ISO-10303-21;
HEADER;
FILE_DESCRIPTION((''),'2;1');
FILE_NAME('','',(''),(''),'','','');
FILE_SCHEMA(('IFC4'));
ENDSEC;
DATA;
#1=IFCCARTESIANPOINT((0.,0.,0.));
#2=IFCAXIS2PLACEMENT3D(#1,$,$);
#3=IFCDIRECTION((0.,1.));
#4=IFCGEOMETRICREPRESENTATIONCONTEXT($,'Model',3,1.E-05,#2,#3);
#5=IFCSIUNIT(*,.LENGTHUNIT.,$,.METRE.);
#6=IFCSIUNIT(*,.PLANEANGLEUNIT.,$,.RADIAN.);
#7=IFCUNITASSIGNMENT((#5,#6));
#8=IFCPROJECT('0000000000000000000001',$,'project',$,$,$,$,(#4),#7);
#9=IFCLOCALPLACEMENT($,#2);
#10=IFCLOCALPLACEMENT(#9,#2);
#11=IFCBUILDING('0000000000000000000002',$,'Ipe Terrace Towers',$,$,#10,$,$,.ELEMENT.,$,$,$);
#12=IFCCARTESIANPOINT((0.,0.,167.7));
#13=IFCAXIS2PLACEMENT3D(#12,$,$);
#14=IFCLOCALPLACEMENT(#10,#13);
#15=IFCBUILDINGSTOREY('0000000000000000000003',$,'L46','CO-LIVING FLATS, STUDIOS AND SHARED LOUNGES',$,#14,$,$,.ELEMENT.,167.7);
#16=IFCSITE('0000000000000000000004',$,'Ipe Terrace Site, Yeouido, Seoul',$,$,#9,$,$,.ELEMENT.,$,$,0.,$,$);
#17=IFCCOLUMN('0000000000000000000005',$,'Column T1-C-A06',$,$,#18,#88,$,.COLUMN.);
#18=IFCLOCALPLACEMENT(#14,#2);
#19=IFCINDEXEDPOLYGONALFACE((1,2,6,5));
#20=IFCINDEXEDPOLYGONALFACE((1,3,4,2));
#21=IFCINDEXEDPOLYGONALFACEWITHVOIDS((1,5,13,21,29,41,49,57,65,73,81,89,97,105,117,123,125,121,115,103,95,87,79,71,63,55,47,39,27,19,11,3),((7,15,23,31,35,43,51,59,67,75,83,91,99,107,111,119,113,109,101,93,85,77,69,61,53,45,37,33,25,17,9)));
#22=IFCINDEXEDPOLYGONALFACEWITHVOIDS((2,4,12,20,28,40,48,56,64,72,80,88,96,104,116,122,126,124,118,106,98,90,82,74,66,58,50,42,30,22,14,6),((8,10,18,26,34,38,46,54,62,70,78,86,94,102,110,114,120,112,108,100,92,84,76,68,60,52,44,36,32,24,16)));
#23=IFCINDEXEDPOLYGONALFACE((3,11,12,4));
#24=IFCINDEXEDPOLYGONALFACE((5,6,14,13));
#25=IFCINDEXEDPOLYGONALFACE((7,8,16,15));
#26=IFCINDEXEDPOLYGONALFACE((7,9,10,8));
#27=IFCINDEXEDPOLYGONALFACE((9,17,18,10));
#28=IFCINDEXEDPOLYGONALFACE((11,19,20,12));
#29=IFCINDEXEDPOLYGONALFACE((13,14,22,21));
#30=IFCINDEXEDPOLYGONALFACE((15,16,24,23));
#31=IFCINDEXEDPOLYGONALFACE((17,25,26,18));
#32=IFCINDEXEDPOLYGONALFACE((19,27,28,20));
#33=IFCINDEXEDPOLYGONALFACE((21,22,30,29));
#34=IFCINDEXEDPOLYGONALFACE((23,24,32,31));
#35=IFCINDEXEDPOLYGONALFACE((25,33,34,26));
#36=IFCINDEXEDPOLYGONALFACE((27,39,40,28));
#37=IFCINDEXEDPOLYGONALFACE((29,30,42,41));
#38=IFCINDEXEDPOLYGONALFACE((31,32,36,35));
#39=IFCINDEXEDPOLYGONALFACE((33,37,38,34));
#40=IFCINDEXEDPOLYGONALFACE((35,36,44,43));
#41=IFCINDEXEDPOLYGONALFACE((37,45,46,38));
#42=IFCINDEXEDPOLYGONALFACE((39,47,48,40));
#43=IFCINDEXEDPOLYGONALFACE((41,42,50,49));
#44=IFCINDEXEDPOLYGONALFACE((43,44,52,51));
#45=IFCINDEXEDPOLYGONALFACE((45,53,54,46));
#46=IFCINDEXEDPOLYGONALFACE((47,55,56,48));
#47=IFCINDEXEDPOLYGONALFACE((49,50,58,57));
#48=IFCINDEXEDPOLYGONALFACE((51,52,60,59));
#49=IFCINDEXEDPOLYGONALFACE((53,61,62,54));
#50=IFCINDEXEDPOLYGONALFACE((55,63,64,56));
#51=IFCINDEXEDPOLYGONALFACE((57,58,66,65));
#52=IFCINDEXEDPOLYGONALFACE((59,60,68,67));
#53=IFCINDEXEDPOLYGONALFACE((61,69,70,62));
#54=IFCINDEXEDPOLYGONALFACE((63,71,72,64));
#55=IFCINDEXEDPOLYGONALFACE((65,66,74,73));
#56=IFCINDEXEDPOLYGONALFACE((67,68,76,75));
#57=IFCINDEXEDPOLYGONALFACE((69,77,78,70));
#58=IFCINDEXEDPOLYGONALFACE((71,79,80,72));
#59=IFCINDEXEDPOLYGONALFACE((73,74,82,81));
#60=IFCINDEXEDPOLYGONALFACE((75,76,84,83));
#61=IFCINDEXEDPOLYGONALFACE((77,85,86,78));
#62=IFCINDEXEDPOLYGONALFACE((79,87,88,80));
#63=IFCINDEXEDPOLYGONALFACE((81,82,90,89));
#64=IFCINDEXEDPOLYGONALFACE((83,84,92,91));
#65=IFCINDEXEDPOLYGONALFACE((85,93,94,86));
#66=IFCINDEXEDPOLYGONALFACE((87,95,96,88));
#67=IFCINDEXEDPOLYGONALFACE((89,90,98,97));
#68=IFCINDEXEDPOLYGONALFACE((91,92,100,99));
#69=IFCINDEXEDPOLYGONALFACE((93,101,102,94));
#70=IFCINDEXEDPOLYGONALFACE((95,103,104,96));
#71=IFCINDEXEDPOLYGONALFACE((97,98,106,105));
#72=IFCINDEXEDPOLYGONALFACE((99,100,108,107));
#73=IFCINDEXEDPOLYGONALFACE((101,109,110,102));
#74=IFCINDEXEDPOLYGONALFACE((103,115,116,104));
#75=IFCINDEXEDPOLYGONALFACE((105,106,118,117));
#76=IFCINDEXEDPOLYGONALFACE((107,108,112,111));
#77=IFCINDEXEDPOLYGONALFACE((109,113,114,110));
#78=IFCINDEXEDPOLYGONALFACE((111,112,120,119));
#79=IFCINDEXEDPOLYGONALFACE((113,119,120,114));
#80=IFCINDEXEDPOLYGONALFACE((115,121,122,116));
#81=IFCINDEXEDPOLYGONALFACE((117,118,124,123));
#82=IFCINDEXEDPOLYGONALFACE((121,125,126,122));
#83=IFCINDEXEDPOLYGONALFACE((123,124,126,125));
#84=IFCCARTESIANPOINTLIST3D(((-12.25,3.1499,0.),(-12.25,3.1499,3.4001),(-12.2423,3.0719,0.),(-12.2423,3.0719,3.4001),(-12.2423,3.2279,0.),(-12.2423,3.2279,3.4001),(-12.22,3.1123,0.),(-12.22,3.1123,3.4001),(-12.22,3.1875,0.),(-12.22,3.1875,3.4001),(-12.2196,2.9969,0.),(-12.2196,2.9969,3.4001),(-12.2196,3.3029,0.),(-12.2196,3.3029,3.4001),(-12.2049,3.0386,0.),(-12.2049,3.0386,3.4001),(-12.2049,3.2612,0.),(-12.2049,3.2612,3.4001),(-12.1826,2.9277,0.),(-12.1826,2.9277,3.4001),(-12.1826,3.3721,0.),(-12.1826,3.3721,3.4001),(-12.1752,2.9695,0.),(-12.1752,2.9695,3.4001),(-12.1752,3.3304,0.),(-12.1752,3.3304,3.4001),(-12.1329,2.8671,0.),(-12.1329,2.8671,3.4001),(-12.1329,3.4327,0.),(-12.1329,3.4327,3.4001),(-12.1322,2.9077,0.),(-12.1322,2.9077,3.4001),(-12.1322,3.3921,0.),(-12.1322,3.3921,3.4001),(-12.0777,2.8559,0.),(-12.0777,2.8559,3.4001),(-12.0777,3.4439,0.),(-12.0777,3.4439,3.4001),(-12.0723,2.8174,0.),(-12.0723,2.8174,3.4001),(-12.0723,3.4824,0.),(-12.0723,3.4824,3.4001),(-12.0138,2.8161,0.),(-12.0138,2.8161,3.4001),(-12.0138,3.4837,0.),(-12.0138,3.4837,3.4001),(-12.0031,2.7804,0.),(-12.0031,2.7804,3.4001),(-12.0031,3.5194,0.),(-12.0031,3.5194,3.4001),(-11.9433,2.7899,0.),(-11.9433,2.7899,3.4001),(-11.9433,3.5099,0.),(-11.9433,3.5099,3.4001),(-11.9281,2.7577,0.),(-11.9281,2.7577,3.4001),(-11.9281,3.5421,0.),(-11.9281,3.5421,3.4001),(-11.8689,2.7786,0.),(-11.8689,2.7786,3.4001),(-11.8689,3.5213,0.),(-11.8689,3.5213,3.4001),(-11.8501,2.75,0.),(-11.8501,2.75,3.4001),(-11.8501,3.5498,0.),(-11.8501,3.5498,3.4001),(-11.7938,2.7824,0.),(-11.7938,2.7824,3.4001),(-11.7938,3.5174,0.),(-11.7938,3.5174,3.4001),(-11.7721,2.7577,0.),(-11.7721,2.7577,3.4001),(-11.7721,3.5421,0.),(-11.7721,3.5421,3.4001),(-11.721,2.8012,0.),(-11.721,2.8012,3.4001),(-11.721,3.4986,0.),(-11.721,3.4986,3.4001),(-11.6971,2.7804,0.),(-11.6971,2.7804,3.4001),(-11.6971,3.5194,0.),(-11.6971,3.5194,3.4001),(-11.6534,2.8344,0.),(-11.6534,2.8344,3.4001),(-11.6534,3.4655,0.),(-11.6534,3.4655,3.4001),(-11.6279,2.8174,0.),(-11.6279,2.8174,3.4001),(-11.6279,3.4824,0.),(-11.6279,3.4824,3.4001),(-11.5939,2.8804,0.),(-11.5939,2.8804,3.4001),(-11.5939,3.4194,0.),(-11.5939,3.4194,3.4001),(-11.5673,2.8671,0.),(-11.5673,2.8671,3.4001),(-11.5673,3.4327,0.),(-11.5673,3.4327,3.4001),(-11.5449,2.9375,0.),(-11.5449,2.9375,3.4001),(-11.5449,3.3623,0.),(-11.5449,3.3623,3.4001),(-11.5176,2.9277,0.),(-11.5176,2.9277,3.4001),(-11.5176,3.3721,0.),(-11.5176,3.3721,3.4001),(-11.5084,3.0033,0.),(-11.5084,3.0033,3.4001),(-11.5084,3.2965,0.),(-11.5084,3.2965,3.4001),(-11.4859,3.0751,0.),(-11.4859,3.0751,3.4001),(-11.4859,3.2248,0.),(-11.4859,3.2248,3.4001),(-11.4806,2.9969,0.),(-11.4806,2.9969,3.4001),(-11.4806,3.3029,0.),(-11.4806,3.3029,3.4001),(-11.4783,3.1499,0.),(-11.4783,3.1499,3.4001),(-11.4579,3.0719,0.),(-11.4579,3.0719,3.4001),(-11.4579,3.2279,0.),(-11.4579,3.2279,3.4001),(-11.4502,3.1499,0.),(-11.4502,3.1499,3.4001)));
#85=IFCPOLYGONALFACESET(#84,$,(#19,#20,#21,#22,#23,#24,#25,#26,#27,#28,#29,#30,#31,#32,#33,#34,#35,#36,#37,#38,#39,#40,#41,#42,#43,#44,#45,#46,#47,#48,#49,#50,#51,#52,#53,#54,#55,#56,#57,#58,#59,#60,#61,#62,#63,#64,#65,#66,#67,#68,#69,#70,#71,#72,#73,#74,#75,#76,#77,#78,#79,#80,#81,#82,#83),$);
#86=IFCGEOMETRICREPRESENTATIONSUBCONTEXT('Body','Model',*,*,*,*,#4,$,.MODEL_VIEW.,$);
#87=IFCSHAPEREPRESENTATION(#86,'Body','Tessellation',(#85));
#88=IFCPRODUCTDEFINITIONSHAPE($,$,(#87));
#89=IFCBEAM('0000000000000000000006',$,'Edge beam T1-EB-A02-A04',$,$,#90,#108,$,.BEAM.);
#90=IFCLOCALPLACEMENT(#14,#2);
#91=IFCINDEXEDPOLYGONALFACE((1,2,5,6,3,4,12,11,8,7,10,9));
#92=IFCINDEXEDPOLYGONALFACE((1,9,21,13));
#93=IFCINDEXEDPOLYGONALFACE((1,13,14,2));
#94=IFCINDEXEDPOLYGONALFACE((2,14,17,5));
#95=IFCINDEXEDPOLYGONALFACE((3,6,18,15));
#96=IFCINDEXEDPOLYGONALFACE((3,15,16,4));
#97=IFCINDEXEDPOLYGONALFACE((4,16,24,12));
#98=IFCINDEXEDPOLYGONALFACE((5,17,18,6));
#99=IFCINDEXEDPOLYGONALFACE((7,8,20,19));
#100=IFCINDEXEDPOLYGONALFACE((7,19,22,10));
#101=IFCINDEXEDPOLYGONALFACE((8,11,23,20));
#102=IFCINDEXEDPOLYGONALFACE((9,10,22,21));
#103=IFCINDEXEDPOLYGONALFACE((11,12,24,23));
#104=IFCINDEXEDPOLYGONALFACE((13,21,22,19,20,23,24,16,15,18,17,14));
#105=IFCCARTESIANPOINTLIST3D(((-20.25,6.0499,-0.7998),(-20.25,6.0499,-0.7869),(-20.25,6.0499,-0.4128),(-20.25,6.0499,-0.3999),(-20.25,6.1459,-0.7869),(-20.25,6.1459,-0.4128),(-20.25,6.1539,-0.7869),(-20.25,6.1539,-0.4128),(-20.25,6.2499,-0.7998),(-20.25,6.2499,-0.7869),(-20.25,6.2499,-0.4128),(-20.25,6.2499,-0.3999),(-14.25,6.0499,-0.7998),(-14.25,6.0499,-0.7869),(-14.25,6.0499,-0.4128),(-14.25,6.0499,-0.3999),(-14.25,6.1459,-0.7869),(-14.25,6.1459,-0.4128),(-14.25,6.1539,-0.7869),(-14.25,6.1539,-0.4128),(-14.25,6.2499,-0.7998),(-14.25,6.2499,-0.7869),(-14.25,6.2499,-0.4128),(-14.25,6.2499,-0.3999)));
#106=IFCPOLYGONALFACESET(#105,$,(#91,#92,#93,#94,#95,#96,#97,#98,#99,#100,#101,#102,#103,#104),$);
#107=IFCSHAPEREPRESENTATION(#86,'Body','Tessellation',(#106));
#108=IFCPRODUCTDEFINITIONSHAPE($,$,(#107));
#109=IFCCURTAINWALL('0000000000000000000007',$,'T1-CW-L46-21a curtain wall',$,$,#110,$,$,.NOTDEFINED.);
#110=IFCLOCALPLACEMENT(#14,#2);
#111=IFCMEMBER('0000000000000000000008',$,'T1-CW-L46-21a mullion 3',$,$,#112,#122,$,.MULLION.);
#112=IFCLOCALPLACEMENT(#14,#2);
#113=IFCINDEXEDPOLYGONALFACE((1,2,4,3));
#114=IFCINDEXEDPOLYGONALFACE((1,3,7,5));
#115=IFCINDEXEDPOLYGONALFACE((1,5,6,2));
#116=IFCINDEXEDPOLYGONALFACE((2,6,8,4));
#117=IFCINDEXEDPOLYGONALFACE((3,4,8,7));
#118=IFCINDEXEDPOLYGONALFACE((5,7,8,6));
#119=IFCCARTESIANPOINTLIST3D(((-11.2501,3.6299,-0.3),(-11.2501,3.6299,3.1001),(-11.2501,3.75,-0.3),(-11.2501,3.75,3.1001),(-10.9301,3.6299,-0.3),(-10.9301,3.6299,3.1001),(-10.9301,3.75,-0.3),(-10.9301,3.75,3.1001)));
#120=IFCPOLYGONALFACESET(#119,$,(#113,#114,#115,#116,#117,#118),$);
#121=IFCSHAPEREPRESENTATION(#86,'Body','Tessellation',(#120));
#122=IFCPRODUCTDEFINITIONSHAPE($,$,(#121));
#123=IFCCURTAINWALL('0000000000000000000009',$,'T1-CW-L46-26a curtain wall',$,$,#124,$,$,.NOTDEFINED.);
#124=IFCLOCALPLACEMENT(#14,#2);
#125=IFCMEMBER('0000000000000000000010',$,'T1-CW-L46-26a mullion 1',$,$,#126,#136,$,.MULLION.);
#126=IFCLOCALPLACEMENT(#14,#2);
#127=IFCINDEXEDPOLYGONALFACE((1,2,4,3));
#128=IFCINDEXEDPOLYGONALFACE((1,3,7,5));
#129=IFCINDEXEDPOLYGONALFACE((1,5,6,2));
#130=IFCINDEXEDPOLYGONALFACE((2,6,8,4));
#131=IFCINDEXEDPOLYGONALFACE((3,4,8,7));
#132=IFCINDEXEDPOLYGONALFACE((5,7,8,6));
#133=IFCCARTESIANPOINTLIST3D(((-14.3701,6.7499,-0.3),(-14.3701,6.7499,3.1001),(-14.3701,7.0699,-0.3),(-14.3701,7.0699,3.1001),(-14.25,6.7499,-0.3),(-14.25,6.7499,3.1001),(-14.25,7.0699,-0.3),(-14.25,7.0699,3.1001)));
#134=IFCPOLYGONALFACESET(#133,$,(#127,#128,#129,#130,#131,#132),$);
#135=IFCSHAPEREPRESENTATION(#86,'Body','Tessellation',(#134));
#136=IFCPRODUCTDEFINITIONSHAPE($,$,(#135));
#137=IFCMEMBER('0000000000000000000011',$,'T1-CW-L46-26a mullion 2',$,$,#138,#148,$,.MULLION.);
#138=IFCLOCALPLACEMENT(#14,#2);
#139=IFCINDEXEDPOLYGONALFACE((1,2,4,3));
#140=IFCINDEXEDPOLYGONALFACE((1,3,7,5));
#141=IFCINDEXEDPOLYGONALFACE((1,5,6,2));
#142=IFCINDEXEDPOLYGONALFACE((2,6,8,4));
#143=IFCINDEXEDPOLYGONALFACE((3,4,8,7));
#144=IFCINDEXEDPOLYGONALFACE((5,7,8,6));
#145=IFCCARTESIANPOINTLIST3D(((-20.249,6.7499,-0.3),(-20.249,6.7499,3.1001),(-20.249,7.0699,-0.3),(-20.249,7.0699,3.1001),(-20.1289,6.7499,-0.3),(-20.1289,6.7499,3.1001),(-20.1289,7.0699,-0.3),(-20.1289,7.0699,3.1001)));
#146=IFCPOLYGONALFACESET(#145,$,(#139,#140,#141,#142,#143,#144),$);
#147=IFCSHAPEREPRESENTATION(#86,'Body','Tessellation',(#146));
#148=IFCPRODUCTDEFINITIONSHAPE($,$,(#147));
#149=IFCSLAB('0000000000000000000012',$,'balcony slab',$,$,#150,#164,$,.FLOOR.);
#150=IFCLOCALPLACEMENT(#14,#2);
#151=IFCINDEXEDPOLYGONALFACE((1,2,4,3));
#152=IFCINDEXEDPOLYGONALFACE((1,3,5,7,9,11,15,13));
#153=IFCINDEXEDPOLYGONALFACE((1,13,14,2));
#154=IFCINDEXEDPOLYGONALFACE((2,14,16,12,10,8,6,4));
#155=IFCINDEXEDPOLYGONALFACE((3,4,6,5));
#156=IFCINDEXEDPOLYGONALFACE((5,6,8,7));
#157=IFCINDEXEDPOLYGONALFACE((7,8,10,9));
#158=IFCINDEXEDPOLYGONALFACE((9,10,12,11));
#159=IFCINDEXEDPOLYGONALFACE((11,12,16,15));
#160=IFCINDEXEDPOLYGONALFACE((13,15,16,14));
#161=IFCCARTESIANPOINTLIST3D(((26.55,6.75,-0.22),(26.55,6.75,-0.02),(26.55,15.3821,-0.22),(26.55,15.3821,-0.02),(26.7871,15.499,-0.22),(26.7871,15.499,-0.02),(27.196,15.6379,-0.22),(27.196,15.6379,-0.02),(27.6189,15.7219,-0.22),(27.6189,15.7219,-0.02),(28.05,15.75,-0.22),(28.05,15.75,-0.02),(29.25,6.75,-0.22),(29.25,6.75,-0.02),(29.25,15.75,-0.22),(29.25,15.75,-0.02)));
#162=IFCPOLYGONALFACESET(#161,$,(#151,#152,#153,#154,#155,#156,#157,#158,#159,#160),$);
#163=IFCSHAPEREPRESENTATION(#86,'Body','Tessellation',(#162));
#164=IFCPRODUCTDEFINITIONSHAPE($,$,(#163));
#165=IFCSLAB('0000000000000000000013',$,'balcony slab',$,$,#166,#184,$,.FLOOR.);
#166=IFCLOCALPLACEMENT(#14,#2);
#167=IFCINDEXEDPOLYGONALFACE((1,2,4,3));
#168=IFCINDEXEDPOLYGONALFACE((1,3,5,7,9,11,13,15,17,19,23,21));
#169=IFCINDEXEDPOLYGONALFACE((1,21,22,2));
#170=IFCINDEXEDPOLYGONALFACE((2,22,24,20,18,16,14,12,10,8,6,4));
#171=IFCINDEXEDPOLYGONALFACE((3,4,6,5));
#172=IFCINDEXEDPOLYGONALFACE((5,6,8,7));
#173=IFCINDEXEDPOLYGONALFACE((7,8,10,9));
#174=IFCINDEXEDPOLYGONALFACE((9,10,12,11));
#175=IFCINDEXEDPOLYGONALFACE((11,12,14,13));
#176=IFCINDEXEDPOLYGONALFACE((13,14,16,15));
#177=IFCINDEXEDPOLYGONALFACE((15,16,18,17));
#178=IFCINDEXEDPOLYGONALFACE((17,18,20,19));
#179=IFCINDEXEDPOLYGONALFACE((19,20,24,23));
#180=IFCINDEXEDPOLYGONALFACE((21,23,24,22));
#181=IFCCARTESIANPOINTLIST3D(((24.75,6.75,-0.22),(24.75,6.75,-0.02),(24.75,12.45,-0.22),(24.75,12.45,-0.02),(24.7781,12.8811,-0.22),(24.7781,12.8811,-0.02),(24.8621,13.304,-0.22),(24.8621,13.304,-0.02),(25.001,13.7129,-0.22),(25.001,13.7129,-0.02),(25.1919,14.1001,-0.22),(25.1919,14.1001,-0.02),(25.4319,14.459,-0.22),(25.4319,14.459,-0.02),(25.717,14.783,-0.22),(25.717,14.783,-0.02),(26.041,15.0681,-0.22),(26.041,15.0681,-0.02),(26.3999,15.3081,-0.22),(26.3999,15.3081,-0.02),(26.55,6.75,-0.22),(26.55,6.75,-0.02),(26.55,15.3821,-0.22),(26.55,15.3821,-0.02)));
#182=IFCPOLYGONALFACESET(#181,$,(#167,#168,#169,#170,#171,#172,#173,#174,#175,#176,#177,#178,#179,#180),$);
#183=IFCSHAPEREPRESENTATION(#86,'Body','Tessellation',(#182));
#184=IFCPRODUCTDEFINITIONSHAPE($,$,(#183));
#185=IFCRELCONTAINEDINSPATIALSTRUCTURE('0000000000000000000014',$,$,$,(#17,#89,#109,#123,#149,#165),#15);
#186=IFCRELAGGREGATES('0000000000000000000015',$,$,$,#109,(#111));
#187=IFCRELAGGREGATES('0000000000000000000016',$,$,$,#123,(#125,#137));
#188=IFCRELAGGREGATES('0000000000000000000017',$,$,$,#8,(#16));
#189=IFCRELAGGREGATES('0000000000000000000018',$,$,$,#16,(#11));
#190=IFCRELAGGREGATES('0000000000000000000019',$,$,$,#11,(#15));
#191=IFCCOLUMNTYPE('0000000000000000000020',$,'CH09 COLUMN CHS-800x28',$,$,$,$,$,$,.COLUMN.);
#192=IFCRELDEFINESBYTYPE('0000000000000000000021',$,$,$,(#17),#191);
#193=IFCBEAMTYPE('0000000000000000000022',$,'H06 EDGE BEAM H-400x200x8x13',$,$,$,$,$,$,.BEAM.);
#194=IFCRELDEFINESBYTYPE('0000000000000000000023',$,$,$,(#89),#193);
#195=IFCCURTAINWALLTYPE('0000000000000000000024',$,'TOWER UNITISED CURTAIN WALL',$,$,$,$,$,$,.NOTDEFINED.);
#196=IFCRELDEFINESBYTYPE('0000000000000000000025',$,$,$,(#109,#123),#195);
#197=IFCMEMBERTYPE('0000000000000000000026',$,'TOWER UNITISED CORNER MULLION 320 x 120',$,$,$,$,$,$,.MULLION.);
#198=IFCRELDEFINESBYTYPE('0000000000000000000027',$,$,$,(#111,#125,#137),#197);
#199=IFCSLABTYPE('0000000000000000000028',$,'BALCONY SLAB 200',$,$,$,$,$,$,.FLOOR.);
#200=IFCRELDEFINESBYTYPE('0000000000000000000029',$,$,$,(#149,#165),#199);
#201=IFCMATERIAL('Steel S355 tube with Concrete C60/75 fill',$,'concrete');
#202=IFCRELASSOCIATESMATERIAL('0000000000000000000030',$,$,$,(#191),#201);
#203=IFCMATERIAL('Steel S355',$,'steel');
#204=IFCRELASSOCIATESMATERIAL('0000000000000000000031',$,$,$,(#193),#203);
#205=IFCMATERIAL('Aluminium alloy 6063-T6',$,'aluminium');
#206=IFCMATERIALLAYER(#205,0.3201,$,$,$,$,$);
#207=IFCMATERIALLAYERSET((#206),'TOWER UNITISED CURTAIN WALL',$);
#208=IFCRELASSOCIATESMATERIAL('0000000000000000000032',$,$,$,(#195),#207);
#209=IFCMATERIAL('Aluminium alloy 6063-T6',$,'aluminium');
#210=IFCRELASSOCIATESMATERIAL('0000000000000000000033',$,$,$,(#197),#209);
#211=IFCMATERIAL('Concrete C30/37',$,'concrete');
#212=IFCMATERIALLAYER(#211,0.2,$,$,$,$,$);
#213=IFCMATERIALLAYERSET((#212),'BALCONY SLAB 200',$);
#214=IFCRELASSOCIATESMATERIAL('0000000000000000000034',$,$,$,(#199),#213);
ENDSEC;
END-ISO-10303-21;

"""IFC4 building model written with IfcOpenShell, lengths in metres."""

from ifc_helpers import new_model, si_unit, direction, frame, origin, origin_2d, place, context, subcontext, project, spatial, polyline, rectangle, hollow_circle, i_section, outline, extrude, material, layer, layer_set, material_profile, profile_set, type_object, element, aggregate, save


model = new_model("IFC4")

# Units and contexts
model_context = context("Model", 3, precision=1e-05, world=origin(), true_north=direction((0.0, 1.0)))
body_context = subcontext(model_context, "Body", "Model", "MODEL_VIEW")
ifc_project = project(units=[si_unit("LENGTHUNIT", "METRE"), si_unit("PLANEANGLEUNIT", "RADIAN")], contexts=[model_context])

# Site, building, storey
site_placement = place(None, origin())
site = spatial("IfcSite", under=ifc_project, at=site_placement, Name="Ipe Terrace Site, Yeouido, Seoul", CompositionType="ELEMENT", RefElevation=0.0)
building_placement = place(site_placement, origin())
building = spatial("IfcBuilding", under=site, at=building_placement, Name="Ipe Terrace Towers", CompositionType="ELEMENT")
storey_placement = place(building_placement, frame((0.0, 0.0, 167.7)))
storey = spatial("IfcBuildingStorey", under=building, at=storey_placement, Name="L46", Description="CO-LIVING FLATS, STUDIOS AND SHARED LOUNGES", CompositionType="ELEMENT", Elevation=167.7)

# Column
ifc_material_1 = material(Name="Steel S355 tube with Concrete C60/75 fill", Category="concrete")
ifc_material_profile_1 = material_profile(ifc_material_1, hollow_circle(Radius=0.3999, WallThickness=0.0281, at=origin_2d()), Name="CHS-800x28")
ifc_profile_set_1 = profile_set([ifc_material_profile_1], Name="Steel S355 tube with Concrete C60/75 fill")
column_type = type_object("IfcColumnType", Name="CH09 COLUMN CHS-800x28", PredefinedType="COLUMN", material=ifc_profile_set_1)
for number, where, z_axis, x_axis, name in (
    (1, (-11.8501, 3.1499, 0.0), (0.0, 0.0, 1.0), (1.0, 0.0, 0.0), "Column T1-C-A06"),
):
    element("IfcColumn", number, at=place(storey_placement, frame(where, z_axis=z_axis, x_axis=x_axis)), inside=storey, type_object=column_type, Name=name, PredefinedType="COLUMN", context=body_context, shape_type="SweptSolid", body=[
        extrude(hollow_circle(Radius=0.3999, WallThickness=0.0281, at=origin_2d()), origin(), (0.0, 0.0, 1.0), 3.4001),
    ])

# Beam
ifc_material_2 = material(Name="Steel S355", Category="steel")
ifc_material_profile_2 = material_profile(ifc_material_2, i_section(OverallWidth=0.2, OverallDepth=0.3999, WebThickness=0.0081, FlangeThickness=0.0129, at=origin_2d()), Name="H-400x200x8x13")
ifc_profile_set_2 = profile_set([ifc_material_profile_2], Name="Steel S355")
beam_type = type_object("IfcBeamType", Name="H06 EDGE BEAM H-400x200x8x13", PredefinedType="BEAM", material=ifc_profile_set_2)
beam_placement = place(storey_placement, frame((-20.25, 6.1499, -0.5999), z_axis=(1.0, 0.0, 0.0), x_axis=(0.0, 1.0, 0.0)))
element("IfcBeam", 2, at=beam_placement, inside=storey, type_object=beam_type, Name="Edge beam T1-EB-A02-A04", PredefinedType="BEAM", context=body_context, shape_type="SweptSolid", body=[
    extrude(i_section(OverallWidth=0.2, OverallDepth=0.3999, WebThickness=0.0081, FlangeThickness=0.0129, at=origin_2d()), origin(), (0.0, 0.0, 1.0), 6.0),
])

# Curtain wall, member
ifc_material_3 = material(Name="Aluminium alloy 6063-T6", Category="aluminium")
ifc_layer_1 = layer(ifc_material_3, 0.3201)
ifc_layer_set_1 = layer_set([ifc_layer_1], Name="TOWER UNITISED CURTAIN WALL")
curtain_wall_type = type_object("IfcCurtainWallType", Name="TOWER UNITISED CURTAIN WALL", PredefinedType="NOTDEFINED", material=ifc_layer_set_1)
curtain_wall_1_placement = place(storey_placement, origin())
curtain_wall_1 = element("IfcCurtainWall", 3, at=curtain_wall_1_placement, inside=storey, type_object=curtain_wall_type, Name="T1-CW-L46-21a curtain wall", PredefinedType="NOTDEFINED")
ifc_material_4 = material(Name="Aluminium alloy 6063-T6", Category="aluminium")
ifc_material_profile_3 = material_profile(ifc_material_4, rectangle(XDim=0.3201, YDim=0.1201, at=origin_2d()), Name="TOWER UNITISED CORNER MULLION 320 x 120")
ifc_profile_set_3 = profile_set([ifc_material_profile_3], Name="Aluminium alloy 6063-T6")
member_type = type_object("IfcMemberType", Name="TOWER UNITISED CORNER MULLION 320 x 120", PredefinedType="MULLION", material=ifc_profile_set_3)
member_1_placement = place(storey_placement, frame((-11.0901, 3.6899, -0.3), z_axis=(0.0, 0.0, 1.0), x_axis=(1.0, 0.0, 0.0)))
member_1 = element("IfcMember", 4, at=member_1_placement, type_object=member_type, Name="T1-CW-L46-21a mullion 3", PredefinedType="MULLION", context=body_context, shape_type="SweptSolid", body=[
    extrude(rectangle(XDim=0.3201, YDim=0.1201, at=origin_2d()), origin(), (0.0, 0.0, 1.0), 3.4001),
])

# Curtain wall, members
curtain_wall_2_placement = place(storey_placement, origin())
curtain_wall_2 = element("IfcCurtainWall", 5, at=curtain_wall_2_placement, inside=storey, type_object=curtain_wall_type, Name="T1-CW-L46-26a curtain wall", PredefinedType="NOTDEFINED")
member_2_placement = place(storey_placement, frame((-14.3101, 6.9099, -0.3), z_axis=(0.0, 0.0, 1.0), x_axis=(0.0, 1.0, 0.0)))
member_2 = element("IfcMember", 6, at=member_2_placement, type_object=member_type, Name="T1-CW-L46-26a mullion 1", PredefinedType="MULLION", context=body_context, shape_type="SweptSolid", body=[
    extrude(rectangle(XDim=0.3201, YDim=0.1201, at=origin_2d()), origin(), (0.0, 0.0, 1.0), 3.4001),
])
member_3_placement = place(storey_placement, frame((-20.189, 6.9099, -0.3), z_axis=(0.0, 0.0, 1.0), x_axis=(0.0, 1.0, 0.0)))
member_3 = element("IfcMember", 7, at=member_3_placement, type_object=member_type, Name="T1-CW-L46-26a mullion 2", PredefinedType="MULLION", context=body_context, shape_type="SweptSolid", body=[
    extrude(rectangle(XDim=0.3201, YDim=0.1201, at=origin_2d()), origin(), (0.0, 0.0, 1.0), 3.4001),
])

# Slabs
ifc_material_5 = material(Name="Concrete C30/37", Category="concrete")
ifc_layer_2 = layer(ifc_material_5, 0.2)
ifc_layer_set_2 = layer_set([ifc_layer_2], Name="BALCONY SLAB 200")
slab_type_1 = type_object("IfcSlabType", Name="BALCONY SLAB 200", PredefinedType="FLOOR", material=ifc_layer_set_2)
slab_1_placement = place(storey_placement, frame((0.0, 0.0, -0.22)))
element("IfcSlab", 8, at=slab_1_placement, inside=storey, type_object=slab_type_1, Name="balcony slab", PredefinedType="FLOOR", context=body_context, shape_type="SweptSolid", body=[
    extrude(outline(polyline([(26.7871, 15.499), (26.55, 15.3821), (26.55, 6.75), (29.25, 6.75), (29.25, 15.75), (28.05, 15.75), (27.6189, 15.7219), (27.196, 15.6379), (26.7871, 15.499)])), origin(), (0.0, 0.0, 1.0), 0.2),
])
slab_2_placement = place(storey_placement, frame((0.0, 0.0, -0.22)))
element("IfcSlab", 9, at=slab_2_placement, inside=storey, type_object=slab_type_1, Name="balcony slab", PredefinedType="FLOOR", context=body_context, shape_type="SweptSolid", body=[
    extrude(outline(polyline([(24.75, 6.75), (26.55, 6.75), (26.55, 15.3821), (26.3999, 15.3081), (26.041, 15.0681), (25.717, 14.783), (25.4319, 14.459), (25.1919, 14.1001), (25.001, 13.7129), (24.8621, 13.304), (24.7781, 12.8811), (24.75, 12.45), (24.75, 6.75)])), origin(), (0.0, 0.0, 1.0), 0.2),
])

aggregate(curtain_wall_1, [member_1])
aggregate(curtain_wall_2, [member_2, member_3])

save(model, "model.ifc")
